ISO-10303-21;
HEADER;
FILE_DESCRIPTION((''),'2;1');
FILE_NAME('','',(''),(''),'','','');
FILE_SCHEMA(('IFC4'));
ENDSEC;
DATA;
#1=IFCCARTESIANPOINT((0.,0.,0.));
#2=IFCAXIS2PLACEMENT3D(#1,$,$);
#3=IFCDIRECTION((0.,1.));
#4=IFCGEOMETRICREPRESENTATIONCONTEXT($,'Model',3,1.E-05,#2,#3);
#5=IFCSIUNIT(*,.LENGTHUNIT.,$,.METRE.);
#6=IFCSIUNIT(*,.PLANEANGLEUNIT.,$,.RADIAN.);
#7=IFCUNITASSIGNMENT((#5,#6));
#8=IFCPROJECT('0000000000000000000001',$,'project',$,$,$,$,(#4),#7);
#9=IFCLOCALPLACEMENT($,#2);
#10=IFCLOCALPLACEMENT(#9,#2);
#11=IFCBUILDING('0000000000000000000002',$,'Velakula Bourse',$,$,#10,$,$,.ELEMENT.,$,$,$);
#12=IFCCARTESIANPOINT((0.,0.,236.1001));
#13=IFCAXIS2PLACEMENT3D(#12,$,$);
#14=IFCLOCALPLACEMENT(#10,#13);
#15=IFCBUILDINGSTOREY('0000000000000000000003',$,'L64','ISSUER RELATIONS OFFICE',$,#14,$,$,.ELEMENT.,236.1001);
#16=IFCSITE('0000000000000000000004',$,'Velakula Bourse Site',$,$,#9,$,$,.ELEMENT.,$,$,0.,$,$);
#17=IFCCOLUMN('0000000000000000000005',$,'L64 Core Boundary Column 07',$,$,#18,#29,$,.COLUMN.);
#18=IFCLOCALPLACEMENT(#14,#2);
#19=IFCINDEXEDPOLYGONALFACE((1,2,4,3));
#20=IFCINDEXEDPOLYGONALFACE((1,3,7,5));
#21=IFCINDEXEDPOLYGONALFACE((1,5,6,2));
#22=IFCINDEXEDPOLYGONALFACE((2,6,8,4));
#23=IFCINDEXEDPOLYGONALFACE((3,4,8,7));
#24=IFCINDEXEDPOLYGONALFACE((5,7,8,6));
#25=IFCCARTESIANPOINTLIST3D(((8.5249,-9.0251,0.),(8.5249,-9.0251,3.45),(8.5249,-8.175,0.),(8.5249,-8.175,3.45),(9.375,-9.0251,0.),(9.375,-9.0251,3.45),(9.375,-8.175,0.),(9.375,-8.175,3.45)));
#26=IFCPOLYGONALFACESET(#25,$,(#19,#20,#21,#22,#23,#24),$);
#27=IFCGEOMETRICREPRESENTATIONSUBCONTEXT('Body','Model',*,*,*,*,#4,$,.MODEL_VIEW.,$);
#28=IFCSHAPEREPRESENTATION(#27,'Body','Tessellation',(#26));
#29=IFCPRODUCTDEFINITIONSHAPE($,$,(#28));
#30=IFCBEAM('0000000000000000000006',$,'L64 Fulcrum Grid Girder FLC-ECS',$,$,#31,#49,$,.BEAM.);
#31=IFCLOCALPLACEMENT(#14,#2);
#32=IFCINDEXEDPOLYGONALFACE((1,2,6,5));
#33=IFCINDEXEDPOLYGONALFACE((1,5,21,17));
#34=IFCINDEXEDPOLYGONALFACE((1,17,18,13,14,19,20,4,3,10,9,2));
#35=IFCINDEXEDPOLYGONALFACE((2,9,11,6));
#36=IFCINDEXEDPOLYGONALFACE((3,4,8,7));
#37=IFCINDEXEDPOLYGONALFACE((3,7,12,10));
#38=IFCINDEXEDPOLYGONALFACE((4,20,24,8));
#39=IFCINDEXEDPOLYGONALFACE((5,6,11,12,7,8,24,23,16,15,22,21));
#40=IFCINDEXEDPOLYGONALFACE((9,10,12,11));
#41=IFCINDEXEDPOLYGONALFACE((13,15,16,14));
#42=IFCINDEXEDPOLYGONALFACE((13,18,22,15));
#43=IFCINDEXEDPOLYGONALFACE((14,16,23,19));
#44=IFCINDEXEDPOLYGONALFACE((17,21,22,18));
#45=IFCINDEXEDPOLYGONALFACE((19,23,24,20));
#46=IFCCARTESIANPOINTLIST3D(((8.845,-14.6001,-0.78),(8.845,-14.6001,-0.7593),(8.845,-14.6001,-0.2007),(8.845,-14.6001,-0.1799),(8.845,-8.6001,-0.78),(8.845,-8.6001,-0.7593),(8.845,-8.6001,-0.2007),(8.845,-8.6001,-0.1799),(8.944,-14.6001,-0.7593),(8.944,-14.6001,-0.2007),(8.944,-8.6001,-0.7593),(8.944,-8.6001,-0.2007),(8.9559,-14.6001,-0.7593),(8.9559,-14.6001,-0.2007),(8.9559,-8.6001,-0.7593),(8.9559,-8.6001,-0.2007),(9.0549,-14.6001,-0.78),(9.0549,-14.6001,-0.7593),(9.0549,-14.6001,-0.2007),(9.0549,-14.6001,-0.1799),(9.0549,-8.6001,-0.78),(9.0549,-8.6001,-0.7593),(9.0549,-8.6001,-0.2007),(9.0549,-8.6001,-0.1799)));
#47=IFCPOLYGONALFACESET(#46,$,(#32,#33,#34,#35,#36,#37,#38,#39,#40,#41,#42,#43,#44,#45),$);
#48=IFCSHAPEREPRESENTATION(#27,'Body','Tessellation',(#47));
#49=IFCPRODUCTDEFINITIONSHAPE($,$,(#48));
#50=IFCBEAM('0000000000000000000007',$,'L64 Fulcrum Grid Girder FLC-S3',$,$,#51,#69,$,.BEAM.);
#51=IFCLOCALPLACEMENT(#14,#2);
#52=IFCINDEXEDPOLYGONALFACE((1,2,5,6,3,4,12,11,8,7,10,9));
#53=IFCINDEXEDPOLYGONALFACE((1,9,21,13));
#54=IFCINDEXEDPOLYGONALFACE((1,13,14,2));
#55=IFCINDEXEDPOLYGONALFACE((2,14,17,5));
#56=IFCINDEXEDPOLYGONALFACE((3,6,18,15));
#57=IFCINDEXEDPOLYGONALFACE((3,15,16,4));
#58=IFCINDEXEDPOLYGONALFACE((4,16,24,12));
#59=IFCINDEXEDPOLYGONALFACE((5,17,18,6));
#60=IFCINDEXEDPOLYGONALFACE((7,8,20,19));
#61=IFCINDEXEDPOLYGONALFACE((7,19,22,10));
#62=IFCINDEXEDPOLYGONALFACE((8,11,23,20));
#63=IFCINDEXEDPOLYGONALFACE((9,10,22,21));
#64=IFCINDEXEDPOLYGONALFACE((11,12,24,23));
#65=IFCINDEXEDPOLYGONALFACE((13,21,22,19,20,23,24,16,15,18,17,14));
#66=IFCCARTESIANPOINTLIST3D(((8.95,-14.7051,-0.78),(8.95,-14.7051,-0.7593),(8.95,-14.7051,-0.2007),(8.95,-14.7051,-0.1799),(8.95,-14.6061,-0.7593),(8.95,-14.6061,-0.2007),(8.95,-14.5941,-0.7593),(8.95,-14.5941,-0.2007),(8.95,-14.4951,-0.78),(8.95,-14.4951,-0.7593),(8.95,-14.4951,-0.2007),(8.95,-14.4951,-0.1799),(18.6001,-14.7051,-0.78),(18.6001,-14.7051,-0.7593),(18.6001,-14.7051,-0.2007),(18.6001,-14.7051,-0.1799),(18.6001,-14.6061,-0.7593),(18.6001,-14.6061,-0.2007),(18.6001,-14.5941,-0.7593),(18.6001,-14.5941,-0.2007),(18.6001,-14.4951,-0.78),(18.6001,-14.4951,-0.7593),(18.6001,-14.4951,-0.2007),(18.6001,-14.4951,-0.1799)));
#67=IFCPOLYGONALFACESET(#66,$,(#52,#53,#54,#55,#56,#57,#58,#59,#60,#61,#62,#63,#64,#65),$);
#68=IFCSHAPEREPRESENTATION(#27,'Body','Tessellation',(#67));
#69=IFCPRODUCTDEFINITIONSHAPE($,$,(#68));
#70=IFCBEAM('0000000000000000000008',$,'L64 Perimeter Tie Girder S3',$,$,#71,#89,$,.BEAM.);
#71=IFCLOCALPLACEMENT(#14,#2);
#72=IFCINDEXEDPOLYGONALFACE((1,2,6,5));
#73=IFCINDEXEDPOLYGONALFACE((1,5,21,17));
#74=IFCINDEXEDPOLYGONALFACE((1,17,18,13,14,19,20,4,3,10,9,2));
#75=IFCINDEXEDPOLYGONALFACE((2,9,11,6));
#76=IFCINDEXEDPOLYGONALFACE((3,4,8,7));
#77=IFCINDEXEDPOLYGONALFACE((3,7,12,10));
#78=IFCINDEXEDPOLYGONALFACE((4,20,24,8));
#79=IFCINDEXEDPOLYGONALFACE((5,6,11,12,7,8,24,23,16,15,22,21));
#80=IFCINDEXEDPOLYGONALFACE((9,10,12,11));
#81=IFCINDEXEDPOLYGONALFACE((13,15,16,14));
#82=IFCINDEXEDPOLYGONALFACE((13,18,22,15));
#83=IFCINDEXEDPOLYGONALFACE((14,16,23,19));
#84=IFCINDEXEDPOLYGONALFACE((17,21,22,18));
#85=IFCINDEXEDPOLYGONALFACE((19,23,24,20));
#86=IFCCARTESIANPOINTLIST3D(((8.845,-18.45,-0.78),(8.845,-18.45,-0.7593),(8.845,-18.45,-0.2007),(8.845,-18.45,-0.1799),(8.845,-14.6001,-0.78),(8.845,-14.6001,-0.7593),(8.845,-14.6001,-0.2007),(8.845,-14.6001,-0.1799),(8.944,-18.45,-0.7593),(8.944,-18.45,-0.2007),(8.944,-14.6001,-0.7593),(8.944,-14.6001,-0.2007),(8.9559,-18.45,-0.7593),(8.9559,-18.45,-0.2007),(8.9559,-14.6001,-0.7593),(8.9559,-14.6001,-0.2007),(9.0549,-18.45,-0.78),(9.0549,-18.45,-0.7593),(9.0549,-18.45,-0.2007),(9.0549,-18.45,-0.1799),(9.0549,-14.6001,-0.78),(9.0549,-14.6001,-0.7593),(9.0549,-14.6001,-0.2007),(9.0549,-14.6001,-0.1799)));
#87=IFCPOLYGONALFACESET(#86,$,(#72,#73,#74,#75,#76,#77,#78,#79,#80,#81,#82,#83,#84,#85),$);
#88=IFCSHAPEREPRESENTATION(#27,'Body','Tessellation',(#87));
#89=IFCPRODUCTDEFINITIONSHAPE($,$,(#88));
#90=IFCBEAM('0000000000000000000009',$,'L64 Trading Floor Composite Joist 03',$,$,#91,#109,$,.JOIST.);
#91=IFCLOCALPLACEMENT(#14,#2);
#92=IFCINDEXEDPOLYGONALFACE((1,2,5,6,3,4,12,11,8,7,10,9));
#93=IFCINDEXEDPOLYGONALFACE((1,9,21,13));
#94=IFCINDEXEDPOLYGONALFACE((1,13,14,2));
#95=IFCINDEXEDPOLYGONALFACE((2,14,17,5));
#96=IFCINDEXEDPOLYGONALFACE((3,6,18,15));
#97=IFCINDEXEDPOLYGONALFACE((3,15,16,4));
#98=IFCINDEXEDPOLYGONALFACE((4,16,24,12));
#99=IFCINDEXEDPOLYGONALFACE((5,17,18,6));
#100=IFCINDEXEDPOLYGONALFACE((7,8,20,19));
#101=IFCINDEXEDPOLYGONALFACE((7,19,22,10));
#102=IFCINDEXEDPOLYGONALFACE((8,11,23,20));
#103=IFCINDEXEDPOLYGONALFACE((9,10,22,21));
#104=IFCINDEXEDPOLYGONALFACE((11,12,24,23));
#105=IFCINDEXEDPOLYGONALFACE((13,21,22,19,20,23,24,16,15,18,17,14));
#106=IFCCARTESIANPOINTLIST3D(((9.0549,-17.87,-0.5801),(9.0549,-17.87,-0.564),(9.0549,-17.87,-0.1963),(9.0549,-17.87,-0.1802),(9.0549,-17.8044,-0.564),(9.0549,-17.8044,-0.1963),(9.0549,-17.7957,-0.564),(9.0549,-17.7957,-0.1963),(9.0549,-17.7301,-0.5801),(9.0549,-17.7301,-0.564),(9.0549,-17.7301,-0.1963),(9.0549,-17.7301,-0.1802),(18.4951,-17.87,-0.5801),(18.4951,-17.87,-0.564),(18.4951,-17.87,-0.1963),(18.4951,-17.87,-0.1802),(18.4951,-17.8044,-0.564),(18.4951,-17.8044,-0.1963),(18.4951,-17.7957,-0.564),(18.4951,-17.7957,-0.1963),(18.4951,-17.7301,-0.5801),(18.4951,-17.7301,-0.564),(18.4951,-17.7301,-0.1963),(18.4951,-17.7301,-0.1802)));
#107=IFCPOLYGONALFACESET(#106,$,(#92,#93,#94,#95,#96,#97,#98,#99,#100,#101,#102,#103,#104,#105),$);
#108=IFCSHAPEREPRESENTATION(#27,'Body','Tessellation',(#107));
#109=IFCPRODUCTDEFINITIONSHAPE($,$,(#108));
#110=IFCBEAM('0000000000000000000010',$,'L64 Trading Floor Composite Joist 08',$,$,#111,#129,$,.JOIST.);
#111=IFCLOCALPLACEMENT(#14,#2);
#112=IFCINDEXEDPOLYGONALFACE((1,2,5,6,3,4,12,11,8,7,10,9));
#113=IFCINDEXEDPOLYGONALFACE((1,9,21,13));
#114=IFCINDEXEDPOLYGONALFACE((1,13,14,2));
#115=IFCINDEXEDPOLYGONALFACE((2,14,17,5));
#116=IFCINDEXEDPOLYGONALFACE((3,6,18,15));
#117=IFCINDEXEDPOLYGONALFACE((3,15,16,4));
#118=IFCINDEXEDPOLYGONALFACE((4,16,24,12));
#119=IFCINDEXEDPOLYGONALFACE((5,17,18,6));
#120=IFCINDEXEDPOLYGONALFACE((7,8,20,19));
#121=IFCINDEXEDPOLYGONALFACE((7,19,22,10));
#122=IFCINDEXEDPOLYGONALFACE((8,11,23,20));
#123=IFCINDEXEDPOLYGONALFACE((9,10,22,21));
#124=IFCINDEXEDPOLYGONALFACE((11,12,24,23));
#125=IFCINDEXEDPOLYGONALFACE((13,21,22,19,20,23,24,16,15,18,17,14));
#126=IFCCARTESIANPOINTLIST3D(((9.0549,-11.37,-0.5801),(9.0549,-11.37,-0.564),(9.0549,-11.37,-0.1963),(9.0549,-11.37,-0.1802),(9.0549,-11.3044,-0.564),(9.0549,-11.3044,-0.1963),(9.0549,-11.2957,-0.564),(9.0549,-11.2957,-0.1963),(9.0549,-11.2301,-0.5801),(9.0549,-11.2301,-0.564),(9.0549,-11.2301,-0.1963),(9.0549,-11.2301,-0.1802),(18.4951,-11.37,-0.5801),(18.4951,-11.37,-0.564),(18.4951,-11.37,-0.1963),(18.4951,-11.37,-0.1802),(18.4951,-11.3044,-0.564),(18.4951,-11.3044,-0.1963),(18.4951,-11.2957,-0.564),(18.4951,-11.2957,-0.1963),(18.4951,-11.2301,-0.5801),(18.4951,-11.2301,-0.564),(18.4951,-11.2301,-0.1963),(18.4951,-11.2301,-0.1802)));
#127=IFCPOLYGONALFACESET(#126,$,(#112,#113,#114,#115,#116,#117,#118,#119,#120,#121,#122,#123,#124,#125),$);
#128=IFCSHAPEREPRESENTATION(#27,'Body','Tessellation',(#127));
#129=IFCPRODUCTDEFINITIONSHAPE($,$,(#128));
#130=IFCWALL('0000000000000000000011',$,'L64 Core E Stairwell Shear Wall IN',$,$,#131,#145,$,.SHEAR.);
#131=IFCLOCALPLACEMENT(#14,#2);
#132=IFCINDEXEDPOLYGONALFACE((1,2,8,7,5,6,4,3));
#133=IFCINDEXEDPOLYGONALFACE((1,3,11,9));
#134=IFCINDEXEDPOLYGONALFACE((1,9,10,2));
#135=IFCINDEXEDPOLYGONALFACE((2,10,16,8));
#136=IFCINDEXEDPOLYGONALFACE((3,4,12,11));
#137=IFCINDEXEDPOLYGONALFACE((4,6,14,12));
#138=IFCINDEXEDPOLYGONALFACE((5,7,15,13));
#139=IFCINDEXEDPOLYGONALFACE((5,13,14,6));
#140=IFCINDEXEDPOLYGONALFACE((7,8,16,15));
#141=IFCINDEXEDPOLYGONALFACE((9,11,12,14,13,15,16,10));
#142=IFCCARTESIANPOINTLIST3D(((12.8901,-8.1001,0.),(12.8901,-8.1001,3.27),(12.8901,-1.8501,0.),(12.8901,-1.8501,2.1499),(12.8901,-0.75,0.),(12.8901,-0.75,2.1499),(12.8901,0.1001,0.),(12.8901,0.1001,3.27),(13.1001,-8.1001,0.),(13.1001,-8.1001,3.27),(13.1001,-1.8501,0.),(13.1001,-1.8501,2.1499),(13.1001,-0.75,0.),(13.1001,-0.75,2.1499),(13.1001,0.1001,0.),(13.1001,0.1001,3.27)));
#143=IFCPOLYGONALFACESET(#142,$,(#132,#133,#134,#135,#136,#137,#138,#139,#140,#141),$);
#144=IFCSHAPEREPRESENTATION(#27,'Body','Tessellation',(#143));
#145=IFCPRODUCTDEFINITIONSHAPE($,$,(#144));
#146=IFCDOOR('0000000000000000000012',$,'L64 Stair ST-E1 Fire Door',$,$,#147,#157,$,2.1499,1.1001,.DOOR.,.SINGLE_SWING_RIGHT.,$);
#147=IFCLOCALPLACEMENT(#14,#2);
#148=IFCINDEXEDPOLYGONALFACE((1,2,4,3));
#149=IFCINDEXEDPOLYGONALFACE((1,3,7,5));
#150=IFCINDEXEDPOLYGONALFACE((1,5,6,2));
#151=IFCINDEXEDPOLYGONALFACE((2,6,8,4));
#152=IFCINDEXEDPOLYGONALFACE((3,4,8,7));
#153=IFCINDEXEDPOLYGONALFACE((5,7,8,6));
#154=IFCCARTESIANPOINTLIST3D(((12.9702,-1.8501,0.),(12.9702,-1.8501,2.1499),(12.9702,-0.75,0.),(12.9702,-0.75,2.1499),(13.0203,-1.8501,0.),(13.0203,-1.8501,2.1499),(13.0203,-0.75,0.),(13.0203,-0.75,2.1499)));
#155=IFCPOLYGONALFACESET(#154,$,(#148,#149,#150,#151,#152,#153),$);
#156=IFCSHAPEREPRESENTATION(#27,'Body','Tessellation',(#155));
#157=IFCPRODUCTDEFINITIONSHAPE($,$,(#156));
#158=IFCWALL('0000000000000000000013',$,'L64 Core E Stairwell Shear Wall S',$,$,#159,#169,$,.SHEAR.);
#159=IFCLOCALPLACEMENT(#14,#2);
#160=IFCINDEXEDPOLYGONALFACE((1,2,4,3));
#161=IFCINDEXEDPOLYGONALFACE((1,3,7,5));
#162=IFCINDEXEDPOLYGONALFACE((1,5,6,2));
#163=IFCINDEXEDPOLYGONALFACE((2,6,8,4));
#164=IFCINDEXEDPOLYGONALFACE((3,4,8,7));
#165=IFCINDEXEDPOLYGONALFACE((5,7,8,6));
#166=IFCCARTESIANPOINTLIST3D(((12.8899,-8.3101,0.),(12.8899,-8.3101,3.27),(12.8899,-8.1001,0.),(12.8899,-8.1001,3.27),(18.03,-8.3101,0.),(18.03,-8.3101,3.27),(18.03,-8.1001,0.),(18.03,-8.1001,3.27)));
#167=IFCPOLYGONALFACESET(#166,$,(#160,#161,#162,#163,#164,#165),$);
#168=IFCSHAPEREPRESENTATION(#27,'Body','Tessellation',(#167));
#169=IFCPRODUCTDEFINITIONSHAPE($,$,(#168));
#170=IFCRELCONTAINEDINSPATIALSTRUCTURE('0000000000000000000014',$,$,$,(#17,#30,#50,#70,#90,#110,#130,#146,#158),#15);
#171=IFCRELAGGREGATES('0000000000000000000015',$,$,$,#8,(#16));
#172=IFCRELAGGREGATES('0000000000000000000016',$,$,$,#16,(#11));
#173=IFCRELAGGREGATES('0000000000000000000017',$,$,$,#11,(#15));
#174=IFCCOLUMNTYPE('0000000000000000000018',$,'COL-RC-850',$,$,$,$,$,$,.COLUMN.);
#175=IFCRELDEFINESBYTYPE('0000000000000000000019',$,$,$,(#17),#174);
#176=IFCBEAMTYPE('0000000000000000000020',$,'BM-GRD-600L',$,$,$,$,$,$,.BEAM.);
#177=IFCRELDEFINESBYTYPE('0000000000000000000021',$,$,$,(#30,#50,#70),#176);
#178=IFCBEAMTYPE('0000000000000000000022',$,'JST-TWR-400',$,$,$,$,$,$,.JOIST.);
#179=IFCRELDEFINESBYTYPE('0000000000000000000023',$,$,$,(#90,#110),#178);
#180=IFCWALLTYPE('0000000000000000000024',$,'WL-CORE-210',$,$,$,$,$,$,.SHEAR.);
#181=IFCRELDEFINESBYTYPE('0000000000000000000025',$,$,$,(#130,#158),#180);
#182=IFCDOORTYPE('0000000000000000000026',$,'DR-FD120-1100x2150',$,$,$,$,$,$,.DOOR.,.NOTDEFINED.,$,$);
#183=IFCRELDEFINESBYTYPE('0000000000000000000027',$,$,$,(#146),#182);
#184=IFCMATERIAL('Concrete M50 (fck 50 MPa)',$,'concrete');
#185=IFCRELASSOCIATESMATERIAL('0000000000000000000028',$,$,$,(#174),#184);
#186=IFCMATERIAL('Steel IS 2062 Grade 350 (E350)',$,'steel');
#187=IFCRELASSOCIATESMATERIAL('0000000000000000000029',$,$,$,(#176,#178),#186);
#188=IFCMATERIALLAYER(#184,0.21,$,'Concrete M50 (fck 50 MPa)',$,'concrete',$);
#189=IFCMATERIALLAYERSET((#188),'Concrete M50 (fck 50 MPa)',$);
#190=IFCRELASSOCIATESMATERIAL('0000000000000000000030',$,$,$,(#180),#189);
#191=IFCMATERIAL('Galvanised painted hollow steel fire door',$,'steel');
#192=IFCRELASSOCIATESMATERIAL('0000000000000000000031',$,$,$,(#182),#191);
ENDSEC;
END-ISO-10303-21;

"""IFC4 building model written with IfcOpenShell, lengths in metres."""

from ifc_helpers import new_model, si_unit, direction, frame, frame_2d, origin, origin_2d, place, context, subcontext, project, spatial, rectangle, i_section, extrude, material, layer, layer_set, material_profile, profile_set, type_object, element, fill, save


model = new_model("IFC4")

# Units and contexts
model_context = context("Model", 3, precision=1e-05, world=origin(), true_north=direction((0.0, 1.0)))
body_context = subcontext(model_context, "Body", "Model", "MODEL_VIEW")
ifc_project = project(units=[si_unit("LENGTHUNIT", "METRE"), si_unit("PLANEANGLEUNIT", "RADIAN")], contexts=[model_context])

# Site, building, storey
site_placement = place(None, origin())
site = spatial("IfcSite", under=ifc_project, at=site_placement, Name="Velakula Bourse Site", CompositionType="ELEMENT", RefElevation=0.0)
building_placement = place(site_placement, origin())
building = spatial("IfcBuilding", under=site, at=building_placement, Name="Velakula Bourse", CompositionType="ELEMENT")
storey_placement = place(building_placement, frame((0.0, 0.0, 236.1001)))
storey = spatial("IfcBuildingStorey", under=building, at=storey_placement, Name="L64", Description="ISSUER RELATIONS OFFICE", CompositionType="ELEMENT", Elevation=236.1001)

# Column
ifc_material_1 = material(Name="Concrete M50 (fck 50 MPa)", Category="concrete")
ifc_material_profile_1 = material_profile(ifc_material_1, rectangle(XDim=0.8501, YDim=0.8501, at=origin_2d()), Name="Concrete M50 (fck 50 MPa)")
ifc_profile_set_1 = profile_set([ifc_material_profile_1], Name="Concrete M50 (fck 50 MPa)")
column_type = type_object("IfcColumnType", Name="COL-RC-850", PredefinedType="COLUMN", material=ifc_profile_set_1)
column_placement = place(storey_placement, frame((8.95, -8.6001, 0.0), z_axis=(0.0, 0.0, 1.0), x_axis=(1.0, 0.0, 0.0)))
element("IfcColumn", 1, at=column_placement, inside=storey, type_object=column_type, Name="L64 Core Boundary Column 07", PredefinedType="COLUMN", context=body_context, shape_type="SweptSolid", body=[
    extrude(rectangle(XDim=0.8501, YDim=0.8501, at=origin_2d()), origin(), (0.0, 0.0, 1.0), 3.45),
])

# Beams
ifc_material_2 = material(Name="Steel IS 2062 Grade 350 (E350)", Category="steel")
ifc_material_profile_2 = material_profile(ifc_material_2, i_section(OverallWidth=0.21, OverallDepth=0.6001, WebThickness=0.012, FlangeThickness=0.0208, at=origin_2d()), Name="Steel IS 2062 Grade 350 (E350)")
ifc_profile_set_2 = profile_set([ifc_material_profile_2], Name="Steel IS 2062 Grade 350 (E350)")
beam_type_1 = type_object("IfcBeamType", Name="BM-GRD-600L", PredefinedType="BEAM", material=ifc_profile_set_2)
beam_1_placement = place(storey_placement, frame((8.95, -14.6001, -0.48), z_axis=(0.0, 1.0, 0.0), x_axis=(-1.0, 0.0, 0.0)))
element("IfcBeam", 2, at=beam_1_placement, inside=storey, type_object=beam_type_1, Name="L64 Fulcrum Grid Girder FLC-ECS", PredefinedType="BEAM", context=body_context, shape_type="SweptSolid", body=[
    extrude(i_section(OverallWidth=0.21, OverallDepth=0.6001, WebThickness=0.012, FlangeThickness=0.0208, at=origin_2d()), origin(), (0.0, 0.0, 1.0), 6.0),
])
beam_2_placement = place(storey_placement, frame((8.95, -14.6001, -0.48), z_axis=(1.0, 0.0, 0.0), x_axis=(0.0, 1.0, 0.0)))
element("IfcBeam", 3, at=beam_2_placement, inside=storey, type_object=beam_type_1, Name="L64 Fulcrum Grid Girder FLC-S3", PredefinedType="BEAM", context=body_context, shape_type="SweptSolid", body=[
    extrude(i_section(OverallWidth=0.21, OverallDepth=0.6001, WebThickness=0.012, FlangeThickness=0.0208, at=origin_2d()), origin(), (0.0, 0.0, 1.0), 9.6501),
])
beam_3_placement = place(storey_placement, frame((8.95, -14.6001, -0.48), z_axis=(0.0, -1.0, 0.0), x_axis=(1.0, 0.0, 0.0)))
element("IfcBeam", 4, at=beam_3_placement, inside=storey, type_object=beam_type_1, Name="L64 Perimeter Tie Girder S3", PredefinedType="BEAM", context=body_context, shape_type="SweptSolid", body=[
    extrude(i_section(OverallWidth=0.21, OverallDepth=0.6001, WebThickness=0.012, FlangeThickness=0.0208, at=origin_2d()), origin(), (0.0, 0.0, 1.0), 3.8499),
])
ifc_material_profile_3 = material_profile(ifc_material_2, i_section(OverallWidth=0.1399, OverallDepth=0.3999, WebThickness=0.0088, FlangeThickness=0.0161, at=origin_2d()), Name="Steel IS 2062 Grade 350 (E350)")
ifc_profile_set_3 = profile_set([ifc_material_profile_3], Name="Steel IS 2062 Grade 350 (E350)")
beam_type_2 = type_object("IfcBeamType", Name="JST-TWR-400", PredefinedType="JOIST", material=ifc_profile_set_3)
for number, where, z_axis, x_axis, name in (
    (5, (9.0549, -17.8, -0.3801), (1.0, 0.0, 0.0), (0.0, 1.0, 0.0), "L64 Trading Floor Composite Joist 03"),
    (6, (9.0549, -11.3, -0.3801), (1.0, 0.0, 0.0), (0.0, 1.0, 0.0), "L64 Trading Floor Composite Joist 08"),
):
    element("IfcBeam", number, at=place(storey_placement, frame(where, z_axis=z_axis, x_axis=x_axis)), inside=storey, type_object=beam_type_2, Name=name, PredefinedType="JOIST", context=body_context, shape_type="SweptSolid", body=[
        extrude(i_section(OverallWidth=0.1399, OverallDepth=0.3999, WebThickness=0.0088, FlangeThickness=0.0161, at=origin_2d()), origin(), (0.0, 0.0, 1.0), 9.4402),
    ])

# Wall, opening, door
ifc_layer_1 = layer(ifc_material_1, 0.21, Name="Concrete M50 (fck 50 MPa)", Category="concrete")
ifc_layer_set_1 = layer_set([ifc_layer_1], Name="Concrete M50 (fck 50 MPa)")
wall_type_1 = type_object("IfcWallType", Name="WL-CORE-210", PredefinedType="SHEAR", material=ifc_layer_set_1)
wall_1_placement = place(storey_placement, frame((12.9951, -8.1001, 0.0), z_axis=(0.0, 0.0, 1.0), x_axis=(0.0, 1.0, 0.0)))
wall_1 = element("IfcWall", 7, at=wall_1_placement, inside=storey, type_object=wall_type_1, Name="L64 Core E Stairwell Shear Wall IN", PredefinedType="SHEAR", context=body_context, shape_type="SweptSolid", body=[
    extrude(rectangle(XDim=8.2002, YDim=0.21, at=frame_2d((4.1001, 0.0))), origin(), (0.0, 0.0, 1.0), 3.27),
])
opening_1_placement = place(wall_1_placement, frame((6.25, 0.0, 0.0)))
opening_1 = element("IfcOpeningElement", 8, at=opening_1_placement, cuts=wall_1, PredefinedType="OPENING", context=body_context, shape_type="SweptSolid", body=[
    extrude(rectangle(XDim=1.1001, YDim=2.1499, at=frame_2d((0.55, 1.075))), frame((0.0, 0.115, 0.0), z_axis=(0.0, -1.0, 0.0), x_axis=(1.0, 0.0, 0.0)), (0.0, 0.0, 1.0), 0.23),
])
ifc_material_3 = material(Name="Galvanised painted hollow steel fire door", Category="steel")
door_type_1 = type_object("IfcDoorType", Name="DR-FD120-1100x2150", OperationType="NOTDEFINED", PredefinedType="DOOR", material=ifc_material_3)
door_1_placement = place(opening_1_placement, origin())
door_1 = element("IfcDoor", 9, at=door_1_placement, inside=storey, type_object=door_type_1, Name="L64 Stair ST-E1 Fire Door", OperationType="SINGLE_SWING_RIGHT", OverallHeight=2.1499, OverallWidth=1.1001, PredefinedType="DOOR", context=body_context, shape_type="SweptSolid", body=[
    extrude(rectangle(XDim=1.1001, YDim=2.1499, at=frame_2d((0.55, 1.075))), frame((0.0, 0.0249, 0.0), z_axis=(0.0, -1.0, 0.0), x_axis=(1.0, 0.0, 0.0)), (0.0, 0.0, 1.0), 0.05),
])
fill(opening_1, door_1)

# Wall
wall_2_placement = place(storey_placement, frame((12.8899, -8.2051, 0.0), z_axis=(0.0, 0.0, 1.0), x_axis=(1.0, 0.0, 0.0)))
element("IfcWall", 10, at=wall_2_placement, inside=storey, type_object=wall_type_1, Name="L64 Core E Stairwell Shear Wall S", PredefinedType="SHEAR", context=body_context, shape_type="SweptSolid", body=[
    extrude(rectangle(XDim=5.1401, YDim=0.21, at=frame_2d((2.5701, 0.0))), origin(), (0.0, 0.0, 1.0), 3.27),
])

save(model, "model.ifc")
